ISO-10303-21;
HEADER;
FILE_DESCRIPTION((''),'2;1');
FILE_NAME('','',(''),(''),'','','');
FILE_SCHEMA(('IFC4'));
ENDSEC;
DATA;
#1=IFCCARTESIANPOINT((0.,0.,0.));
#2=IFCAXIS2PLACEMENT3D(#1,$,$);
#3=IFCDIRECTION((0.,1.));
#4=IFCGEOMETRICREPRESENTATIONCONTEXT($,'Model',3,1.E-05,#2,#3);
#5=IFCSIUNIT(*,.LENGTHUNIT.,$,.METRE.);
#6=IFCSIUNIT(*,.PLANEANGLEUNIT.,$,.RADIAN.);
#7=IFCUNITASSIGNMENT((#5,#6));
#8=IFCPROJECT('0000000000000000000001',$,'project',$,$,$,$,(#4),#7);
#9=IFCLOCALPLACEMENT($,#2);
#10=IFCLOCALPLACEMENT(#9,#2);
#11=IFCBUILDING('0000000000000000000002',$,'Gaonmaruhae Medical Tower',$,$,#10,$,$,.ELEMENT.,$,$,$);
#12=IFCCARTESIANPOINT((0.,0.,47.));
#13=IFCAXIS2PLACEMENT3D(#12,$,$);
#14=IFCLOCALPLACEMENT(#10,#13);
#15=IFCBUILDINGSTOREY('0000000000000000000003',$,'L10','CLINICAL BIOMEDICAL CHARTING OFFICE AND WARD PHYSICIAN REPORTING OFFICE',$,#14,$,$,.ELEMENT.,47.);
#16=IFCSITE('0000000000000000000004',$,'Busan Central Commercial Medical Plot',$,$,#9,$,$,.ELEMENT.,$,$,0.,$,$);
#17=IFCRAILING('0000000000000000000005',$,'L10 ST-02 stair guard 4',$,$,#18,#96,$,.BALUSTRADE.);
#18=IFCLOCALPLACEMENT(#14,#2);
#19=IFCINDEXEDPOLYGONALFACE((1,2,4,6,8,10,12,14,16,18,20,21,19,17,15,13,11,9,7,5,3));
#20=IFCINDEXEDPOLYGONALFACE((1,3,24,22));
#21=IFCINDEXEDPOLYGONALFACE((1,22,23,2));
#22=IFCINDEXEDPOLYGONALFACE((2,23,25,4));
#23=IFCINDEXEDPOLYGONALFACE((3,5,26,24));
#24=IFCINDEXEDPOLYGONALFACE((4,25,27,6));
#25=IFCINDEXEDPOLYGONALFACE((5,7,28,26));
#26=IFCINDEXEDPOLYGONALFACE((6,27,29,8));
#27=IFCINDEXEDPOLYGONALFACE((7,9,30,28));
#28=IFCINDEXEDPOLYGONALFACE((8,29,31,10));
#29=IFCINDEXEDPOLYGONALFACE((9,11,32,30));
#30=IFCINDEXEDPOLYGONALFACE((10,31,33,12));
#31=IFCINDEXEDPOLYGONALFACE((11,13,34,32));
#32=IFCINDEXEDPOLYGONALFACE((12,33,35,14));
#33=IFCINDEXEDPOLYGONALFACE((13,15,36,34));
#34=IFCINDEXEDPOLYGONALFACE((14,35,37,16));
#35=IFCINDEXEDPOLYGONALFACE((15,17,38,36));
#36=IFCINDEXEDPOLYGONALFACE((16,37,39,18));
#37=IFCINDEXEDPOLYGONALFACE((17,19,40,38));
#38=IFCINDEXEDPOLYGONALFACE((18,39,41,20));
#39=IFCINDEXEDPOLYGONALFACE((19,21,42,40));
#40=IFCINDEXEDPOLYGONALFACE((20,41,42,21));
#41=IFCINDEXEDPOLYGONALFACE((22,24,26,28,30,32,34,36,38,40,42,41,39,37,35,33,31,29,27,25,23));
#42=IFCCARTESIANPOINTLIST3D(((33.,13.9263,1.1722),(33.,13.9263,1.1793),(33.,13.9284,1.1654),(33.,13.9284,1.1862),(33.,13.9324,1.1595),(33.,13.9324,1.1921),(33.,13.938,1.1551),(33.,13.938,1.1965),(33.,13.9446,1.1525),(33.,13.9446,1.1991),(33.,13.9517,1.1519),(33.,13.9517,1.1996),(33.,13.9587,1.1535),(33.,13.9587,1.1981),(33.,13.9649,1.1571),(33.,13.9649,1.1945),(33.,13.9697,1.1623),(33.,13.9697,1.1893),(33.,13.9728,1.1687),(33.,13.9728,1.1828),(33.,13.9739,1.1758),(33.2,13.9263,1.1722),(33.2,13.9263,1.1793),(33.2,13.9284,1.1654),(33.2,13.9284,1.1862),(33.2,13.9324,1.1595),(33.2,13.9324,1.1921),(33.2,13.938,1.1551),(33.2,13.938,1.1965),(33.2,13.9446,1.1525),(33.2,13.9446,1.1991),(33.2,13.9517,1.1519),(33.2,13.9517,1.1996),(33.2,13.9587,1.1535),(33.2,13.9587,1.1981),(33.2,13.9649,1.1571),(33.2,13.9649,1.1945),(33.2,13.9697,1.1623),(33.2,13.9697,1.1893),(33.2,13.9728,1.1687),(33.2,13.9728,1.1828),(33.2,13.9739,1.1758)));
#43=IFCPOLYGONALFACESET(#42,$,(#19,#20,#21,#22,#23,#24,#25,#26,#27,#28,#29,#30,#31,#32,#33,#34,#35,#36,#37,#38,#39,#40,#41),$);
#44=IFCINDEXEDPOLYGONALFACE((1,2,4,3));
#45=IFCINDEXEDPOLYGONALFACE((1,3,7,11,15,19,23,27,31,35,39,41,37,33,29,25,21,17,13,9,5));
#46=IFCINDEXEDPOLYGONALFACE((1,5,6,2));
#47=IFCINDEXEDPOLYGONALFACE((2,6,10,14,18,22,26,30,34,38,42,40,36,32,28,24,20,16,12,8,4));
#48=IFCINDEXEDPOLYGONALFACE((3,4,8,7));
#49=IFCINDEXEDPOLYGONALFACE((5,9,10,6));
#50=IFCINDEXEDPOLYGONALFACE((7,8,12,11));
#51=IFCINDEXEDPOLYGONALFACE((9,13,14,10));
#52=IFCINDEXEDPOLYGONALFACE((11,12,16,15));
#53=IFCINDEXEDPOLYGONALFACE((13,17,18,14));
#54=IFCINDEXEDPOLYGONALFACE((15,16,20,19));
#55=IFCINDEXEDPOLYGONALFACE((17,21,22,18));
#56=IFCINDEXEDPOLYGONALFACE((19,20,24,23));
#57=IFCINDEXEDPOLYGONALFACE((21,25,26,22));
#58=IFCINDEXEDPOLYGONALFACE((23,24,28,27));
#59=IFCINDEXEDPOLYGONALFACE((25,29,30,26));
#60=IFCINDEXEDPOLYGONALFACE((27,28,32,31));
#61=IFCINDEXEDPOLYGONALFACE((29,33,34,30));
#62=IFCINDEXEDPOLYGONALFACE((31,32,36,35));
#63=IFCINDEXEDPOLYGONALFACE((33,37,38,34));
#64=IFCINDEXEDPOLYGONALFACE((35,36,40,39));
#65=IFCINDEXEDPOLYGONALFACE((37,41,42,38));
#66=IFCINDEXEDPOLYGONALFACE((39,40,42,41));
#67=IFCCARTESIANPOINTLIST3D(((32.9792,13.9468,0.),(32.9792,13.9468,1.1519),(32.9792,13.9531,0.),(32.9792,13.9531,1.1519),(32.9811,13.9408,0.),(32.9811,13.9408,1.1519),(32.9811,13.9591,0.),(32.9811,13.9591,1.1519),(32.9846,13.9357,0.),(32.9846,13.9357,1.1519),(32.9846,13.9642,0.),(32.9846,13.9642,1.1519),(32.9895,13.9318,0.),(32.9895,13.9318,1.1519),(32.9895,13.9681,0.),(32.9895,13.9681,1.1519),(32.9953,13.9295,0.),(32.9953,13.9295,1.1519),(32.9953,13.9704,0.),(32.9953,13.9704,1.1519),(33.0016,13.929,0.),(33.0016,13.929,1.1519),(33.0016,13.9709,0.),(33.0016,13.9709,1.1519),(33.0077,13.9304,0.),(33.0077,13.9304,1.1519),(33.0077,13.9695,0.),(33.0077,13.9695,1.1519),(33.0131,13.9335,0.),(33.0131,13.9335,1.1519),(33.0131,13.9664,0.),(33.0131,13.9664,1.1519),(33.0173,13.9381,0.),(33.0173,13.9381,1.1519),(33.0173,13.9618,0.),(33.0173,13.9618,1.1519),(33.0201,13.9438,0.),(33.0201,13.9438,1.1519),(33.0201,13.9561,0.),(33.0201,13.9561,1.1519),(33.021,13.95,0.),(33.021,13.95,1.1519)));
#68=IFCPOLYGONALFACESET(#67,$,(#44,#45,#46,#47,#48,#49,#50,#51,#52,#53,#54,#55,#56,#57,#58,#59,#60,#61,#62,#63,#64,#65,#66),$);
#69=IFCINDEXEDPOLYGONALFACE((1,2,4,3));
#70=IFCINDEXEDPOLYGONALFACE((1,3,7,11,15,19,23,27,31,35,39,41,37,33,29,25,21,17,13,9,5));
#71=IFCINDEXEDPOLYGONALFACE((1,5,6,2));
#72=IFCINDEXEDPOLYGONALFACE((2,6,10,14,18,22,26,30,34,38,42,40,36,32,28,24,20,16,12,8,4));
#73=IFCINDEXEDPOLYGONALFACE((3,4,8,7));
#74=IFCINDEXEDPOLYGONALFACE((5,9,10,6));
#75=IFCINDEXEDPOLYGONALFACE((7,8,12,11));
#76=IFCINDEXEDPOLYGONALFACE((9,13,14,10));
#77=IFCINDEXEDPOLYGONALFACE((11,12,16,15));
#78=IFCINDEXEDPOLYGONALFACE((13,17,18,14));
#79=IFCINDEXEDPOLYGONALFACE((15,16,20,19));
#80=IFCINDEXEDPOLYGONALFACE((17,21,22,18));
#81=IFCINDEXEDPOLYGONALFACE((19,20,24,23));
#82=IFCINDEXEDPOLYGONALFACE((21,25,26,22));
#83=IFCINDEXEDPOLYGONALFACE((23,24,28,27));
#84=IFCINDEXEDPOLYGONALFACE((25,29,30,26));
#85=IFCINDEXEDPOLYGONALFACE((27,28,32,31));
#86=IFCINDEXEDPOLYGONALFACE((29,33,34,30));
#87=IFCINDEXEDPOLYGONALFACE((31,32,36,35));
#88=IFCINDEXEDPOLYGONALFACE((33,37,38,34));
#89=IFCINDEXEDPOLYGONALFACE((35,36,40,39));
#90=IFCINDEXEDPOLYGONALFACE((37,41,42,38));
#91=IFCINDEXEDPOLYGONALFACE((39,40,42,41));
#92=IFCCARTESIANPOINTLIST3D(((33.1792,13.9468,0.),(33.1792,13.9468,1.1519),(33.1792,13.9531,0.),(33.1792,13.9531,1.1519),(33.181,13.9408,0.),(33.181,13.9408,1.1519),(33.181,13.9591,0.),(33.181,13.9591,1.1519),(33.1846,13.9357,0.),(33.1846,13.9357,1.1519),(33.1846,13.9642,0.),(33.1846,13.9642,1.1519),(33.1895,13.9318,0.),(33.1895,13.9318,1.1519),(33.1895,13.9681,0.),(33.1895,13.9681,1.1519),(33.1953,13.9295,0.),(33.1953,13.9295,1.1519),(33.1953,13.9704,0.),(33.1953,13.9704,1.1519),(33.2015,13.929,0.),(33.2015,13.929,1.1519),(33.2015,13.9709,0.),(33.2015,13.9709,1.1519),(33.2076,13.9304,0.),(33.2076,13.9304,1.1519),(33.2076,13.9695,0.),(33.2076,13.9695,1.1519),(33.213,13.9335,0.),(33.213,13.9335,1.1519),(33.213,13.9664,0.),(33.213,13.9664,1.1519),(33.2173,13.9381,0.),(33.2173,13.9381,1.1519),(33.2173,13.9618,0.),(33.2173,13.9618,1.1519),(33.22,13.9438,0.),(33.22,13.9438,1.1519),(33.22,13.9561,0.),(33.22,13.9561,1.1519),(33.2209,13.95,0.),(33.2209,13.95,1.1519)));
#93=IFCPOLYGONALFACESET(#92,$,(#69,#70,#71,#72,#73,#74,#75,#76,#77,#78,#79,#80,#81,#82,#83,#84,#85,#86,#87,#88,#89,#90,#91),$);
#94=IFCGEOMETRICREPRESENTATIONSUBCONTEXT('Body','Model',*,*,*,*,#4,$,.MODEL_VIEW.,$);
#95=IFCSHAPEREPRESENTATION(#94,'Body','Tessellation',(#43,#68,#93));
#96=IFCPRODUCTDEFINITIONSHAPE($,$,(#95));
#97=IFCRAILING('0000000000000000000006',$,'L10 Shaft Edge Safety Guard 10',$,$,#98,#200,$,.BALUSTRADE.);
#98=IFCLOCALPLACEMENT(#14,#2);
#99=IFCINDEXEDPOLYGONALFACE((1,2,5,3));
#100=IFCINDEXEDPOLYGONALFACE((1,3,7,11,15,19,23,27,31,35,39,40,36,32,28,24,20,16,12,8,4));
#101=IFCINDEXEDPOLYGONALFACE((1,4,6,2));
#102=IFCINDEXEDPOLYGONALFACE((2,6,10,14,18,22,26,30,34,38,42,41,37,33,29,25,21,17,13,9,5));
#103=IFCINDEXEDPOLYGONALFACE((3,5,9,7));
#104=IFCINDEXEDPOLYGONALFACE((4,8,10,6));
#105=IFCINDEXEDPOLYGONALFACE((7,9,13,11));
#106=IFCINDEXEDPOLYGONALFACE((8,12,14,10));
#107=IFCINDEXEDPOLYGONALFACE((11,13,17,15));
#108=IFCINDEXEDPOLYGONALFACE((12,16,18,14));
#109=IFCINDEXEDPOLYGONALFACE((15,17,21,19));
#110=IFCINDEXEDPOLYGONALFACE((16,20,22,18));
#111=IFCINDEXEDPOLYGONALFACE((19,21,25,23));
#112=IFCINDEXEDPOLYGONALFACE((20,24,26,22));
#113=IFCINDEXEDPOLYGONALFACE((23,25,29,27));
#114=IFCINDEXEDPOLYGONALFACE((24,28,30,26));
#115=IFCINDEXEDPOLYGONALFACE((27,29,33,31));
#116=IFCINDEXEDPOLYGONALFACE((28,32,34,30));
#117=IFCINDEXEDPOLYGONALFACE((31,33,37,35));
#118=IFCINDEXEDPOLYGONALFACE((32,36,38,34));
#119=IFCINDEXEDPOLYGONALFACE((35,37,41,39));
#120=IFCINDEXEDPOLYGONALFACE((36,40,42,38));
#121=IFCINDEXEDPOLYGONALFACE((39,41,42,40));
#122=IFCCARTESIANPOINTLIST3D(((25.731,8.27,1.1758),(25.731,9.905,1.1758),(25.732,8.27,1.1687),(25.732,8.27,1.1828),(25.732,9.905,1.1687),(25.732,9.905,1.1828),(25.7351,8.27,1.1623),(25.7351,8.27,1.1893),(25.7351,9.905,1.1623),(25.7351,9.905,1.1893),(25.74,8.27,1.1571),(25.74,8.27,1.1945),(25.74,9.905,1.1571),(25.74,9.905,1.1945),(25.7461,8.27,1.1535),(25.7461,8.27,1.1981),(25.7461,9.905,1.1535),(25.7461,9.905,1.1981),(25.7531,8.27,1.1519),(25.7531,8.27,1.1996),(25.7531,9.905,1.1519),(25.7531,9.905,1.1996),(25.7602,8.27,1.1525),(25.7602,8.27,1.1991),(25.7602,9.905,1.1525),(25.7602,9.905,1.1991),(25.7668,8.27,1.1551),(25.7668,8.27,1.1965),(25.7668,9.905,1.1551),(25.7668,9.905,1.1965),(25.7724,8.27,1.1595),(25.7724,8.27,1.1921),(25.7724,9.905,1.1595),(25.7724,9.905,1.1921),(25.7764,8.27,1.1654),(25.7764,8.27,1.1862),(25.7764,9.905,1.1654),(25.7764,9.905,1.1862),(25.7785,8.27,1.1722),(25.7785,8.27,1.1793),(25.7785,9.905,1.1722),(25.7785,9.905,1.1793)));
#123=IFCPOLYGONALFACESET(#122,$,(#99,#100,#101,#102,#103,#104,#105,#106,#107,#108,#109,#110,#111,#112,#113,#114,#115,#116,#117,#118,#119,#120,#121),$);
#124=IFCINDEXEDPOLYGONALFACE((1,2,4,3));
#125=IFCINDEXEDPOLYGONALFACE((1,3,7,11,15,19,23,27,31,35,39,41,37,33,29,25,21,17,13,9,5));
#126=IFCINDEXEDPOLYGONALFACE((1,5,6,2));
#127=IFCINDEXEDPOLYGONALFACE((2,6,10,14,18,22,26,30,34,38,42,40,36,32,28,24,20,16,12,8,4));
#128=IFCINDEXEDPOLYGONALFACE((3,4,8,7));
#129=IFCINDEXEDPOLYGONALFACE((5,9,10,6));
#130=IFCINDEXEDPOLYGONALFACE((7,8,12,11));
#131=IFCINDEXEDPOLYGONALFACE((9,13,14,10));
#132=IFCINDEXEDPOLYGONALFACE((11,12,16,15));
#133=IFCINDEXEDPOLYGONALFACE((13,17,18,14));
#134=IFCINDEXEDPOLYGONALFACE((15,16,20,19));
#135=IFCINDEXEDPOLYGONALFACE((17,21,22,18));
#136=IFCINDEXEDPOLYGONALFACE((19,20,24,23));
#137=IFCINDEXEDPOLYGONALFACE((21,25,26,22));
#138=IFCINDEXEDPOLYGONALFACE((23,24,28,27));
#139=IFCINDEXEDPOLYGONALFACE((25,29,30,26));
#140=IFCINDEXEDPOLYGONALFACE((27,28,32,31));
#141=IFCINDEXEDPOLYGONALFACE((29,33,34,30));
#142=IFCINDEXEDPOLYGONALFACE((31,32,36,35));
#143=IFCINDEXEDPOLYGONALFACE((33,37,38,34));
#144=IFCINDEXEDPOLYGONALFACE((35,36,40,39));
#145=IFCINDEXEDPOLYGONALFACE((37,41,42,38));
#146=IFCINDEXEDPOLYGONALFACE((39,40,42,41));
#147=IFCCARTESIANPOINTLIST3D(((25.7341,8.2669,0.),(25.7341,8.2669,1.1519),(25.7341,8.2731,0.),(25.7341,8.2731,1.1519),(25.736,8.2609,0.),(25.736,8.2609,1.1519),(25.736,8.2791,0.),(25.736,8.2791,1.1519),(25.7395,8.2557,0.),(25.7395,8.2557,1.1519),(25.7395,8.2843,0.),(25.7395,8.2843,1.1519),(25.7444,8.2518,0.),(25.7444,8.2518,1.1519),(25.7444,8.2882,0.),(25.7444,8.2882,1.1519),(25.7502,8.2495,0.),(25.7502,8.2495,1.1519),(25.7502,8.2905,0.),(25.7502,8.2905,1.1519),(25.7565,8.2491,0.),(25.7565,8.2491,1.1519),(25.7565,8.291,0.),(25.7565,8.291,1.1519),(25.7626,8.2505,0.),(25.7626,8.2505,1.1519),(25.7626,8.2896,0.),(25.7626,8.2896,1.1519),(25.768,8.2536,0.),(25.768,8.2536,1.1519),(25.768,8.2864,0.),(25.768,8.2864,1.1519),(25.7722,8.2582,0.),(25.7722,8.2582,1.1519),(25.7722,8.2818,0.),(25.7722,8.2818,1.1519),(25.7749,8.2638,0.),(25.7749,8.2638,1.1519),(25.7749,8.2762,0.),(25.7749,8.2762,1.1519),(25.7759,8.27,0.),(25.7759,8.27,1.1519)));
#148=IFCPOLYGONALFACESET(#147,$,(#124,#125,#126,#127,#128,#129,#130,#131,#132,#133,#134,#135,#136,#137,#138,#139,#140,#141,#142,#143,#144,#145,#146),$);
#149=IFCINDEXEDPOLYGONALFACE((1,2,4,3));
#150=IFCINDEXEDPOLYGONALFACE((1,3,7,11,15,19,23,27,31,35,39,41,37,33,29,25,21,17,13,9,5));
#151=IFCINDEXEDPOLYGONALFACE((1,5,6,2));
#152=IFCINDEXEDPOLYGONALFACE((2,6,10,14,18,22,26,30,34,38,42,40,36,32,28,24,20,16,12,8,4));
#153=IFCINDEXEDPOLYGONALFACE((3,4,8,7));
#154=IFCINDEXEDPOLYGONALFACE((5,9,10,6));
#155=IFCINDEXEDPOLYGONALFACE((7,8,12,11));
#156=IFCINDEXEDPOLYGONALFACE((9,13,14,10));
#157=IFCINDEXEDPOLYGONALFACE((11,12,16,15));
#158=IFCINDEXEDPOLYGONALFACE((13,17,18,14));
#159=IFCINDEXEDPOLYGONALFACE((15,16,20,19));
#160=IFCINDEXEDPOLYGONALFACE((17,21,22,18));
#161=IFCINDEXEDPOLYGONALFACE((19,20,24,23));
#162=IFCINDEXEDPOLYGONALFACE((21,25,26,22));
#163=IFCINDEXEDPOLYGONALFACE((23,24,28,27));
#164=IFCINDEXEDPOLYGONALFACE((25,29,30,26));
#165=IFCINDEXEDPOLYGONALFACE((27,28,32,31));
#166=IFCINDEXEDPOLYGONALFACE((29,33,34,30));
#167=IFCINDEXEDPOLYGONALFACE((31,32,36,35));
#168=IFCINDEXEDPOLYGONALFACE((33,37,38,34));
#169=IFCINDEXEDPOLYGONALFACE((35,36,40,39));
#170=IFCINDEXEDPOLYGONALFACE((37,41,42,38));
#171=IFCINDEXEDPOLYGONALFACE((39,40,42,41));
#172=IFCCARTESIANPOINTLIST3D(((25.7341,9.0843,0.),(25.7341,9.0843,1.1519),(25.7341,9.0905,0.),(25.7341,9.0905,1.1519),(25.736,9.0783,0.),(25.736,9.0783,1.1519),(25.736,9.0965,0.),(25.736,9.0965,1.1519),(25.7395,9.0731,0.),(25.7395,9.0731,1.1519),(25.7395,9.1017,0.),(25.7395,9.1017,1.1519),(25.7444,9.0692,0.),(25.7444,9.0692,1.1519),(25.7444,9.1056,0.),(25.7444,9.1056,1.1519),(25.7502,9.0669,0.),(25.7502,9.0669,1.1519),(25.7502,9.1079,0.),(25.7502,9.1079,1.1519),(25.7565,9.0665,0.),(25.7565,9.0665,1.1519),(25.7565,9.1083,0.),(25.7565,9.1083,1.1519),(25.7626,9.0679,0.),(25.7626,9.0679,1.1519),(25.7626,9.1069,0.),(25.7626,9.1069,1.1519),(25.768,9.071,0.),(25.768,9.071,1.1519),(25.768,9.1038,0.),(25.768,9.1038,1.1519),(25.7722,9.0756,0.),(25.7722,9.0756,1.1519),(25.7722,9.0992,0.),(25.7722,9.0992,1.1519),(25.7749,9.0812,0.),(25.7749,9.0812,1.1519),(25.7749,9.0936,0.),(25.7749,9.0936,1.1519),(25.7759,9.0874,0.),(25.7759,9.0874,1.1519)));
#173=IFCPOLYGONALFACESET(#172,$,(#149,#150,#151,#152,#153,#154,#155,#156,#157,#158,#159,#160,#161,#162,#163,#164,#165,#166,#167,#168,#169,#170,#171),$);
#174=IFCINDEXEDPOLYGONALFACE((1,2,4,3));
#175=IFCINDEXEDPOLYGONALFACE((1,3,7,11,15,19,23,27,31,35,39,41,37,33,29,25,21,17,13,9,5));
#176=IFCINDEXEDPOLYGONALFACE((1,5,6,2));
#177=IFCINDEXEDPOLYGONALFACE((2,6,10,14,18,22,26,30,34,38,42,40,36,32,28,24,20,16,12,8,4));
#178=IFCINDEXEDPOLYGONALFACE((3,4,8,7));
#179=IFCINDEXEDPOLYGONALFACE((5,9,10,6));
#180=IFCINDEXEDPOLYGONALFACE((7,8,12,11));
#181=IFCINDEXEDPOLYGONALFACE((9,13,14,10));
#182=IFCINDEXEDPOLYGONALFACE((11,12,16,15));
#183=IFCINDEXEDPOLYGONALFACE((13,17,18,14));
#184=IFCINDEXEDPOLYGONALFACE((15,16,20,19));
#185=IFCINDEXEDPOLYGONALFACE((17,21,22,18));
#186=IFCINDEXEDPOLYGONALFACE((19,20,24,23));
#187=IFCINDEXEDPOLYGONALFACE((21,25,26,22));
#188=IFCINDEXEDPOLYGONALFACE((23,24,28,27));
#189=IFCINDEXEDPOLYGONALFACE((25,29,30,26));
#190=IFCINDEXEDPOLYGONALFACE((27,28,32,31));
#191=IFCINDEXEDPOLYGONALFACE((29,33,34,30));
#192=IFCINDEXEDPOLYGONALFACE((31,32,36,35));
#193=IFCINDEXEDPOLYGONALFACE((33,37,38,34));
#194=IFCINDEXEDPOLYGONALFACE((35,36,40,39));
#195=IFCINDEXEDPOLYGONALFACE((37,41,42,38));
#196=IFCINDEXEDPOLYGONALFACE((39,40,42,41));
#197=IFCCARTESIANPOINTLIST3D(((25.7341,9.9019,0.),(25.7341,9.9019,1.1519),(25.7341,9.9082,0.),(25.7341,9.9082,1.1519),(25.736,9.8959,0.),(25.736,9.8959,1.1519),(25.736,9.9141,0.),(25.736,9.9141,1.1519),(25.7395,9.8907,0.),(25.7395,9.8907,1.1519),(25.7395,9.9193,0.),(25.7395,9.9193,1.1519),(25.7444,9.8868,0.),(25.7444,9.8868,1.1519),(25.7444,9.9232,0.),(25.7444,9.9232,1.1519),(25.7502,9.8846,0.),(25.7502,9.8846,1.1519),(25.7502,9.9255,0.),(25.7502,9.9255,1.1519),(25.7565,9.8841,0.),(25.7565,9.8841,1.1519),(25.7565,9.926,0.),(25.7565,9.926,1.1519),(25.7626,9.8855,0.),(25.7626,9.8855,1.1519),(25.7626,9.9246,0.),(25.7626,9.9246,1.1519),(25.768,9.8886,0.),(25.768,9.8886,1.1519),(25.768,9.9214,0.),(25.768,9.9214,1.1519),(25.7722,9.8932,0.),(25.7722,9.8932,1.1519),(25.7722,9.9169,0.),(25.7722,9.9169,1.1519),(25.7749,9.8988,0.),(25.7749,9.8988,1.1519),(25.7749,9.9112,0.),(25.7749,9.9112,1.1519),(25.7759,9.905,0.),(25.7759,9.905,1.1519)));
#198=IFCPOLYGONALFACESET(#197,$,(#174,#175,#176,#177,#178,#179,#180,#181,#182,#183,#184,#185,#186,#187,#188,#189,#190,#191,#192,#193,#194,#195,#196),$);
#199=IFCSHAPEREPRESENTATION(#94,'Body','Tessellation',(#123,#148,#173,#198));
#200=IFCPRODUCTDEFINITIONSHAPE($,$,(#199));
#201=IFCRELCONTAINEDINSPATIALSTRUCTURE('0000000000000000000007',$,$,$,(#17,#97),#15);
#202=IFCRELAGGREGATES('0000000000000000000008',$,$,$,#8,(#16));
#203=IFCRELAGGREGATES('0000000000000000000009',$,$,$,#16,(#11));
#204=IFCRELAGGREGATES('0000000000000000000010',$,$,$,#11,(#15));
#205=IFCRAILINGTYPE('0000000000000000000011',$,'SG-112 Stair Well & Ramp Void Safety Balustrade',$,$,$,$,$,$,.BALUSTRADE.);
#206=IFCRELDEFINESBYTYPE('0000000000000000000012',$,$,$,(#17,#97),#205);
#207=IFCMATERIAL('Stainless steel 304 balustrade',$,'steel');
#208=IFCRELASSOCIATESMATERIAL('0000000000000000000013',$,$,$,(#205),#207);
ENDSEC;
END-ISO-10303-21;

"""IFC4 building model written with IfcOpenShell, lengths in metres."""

from ifc_helpers import new_model, si_unit, direction, frame, origin, origin_2d, place, context, subcontext, project, spatial, circle, extrude, material, type_object, element, save


model = new_model("IFC4")

# Units and contexts
model_context = context("Model", 3, precision=1e-05, world=origin(), true_north=direction((0.0, 1.0)))
body_context = subcontext(model_context, "Body", "Model", "MODEL_VIEW")
ifc_project = project(units=[si_unit("LENGTHUNIT", "METRE"), si_unit("PLANEANGLEUNIT", "RADIAN")], contexts=[model_context])

# Site, building, storey
site_placement = place(None, origin())
site = spatial("IfcSite", under=ifc_project, at=site_placement, Name="Busan Central Commercial Medical Plot", CompositionType="ELEMENT", RefElevation=0.0)
building_placement = place(site_placement, origin())
building = spatial("IfcBuilding", under=site, at=building_placement, Name="Gaonmaruhae Medical Tower", CompositionType="ELEMENT")
storey_placement = place(building_placement, frame((0.0, 0.0, 47.0)))
storey = spatial("IfcBuildingStorey", under=building, at=storey_placement, Name="L10", Description="CLINICAL BIOMEDICAL CHARTING OFFICE AND WARD PHYSICIAN REPORTING OFFICE", CompositionType="ELEMENT", Elevation=47.0)

# Railings
ifc_material_1 = material(Name="Stainless steel 304 balustrade", Category="steel")
railing_type_1 = type_object("IfcRailingType", Name="SG-112 Stair Well & Ramp Void Safety Balustrade", PredefinedType="BALUSTRADE", material=ifc_material_1)
railing_1_placement = place(storey_placement, frame((33.0, 13.95, 0.0)))
element("IfcRailing", 1, at=railing_1_placement, inside=storey, type_object=railing_type_1, Name="L10 ST-02 stair guard 4", PredefinedType="BALUSTRADE", context=body_context, shape_type="SweptSolid", body=[
    extrude(circle(Radius=0.0239, at=origin_2d()), frame((0.0, 0.0, 1.1758), z_axis=(1.0, 0.0, 0.0), x_axis=(0.0, 1.0, 0.0)), (0.0, 0.0, 1.0), 0.2),
    extrude(circle(Radius=0.021, at=origin_2d()), origin(), (0.0, 0.0, 1.0), 1.1519),
    extrude(circle(Radius=0.021, at=origin_2d()), frame((0.2, 0.0, 0.0)), (0.0, 0.0, 1.0), 1.1519),
])
for number, where, name in (
    (2, (25.7549, 8.27, 0.0), "L10 Shaft Edge Safety Guard 10"),
):
    element("IfcRailing", number, at=place(storey_placement, frame(where)), inside=storey, type_object=railing_type_1, Name=name, PredefinedType="BALUSTRADE", context=body_context, shape_type="SweptSolid", body=[
        extrude(circle(Radius=0.0239, at=origin_2d()), frame((0.0, 0.0, 1.1758), z_axis=(0.0, 1.0, 0.0), x_axis=(-1.0, 0.0, 0.0)), (0.0, 0.0, 1.0), 1.635),
        extrude(circle(Radius=0.021, at=origin_2d()), origin(), (0.0, 0.0, 1.0), 1.1519),
        extrude(circle(Radius=0.021, at=origin_2d()), frame((0.0, 0.8174, 0.0)), (0.0, 0.0, 1.0), 1.1519),
        extrude(circle(Radius=0.021, at=origin_2d()), frame((0.0, 1.635, 0.0)), (0.0, 0.0, 1.0), 1.1519),
    ])

save(model, "model.ifc")
